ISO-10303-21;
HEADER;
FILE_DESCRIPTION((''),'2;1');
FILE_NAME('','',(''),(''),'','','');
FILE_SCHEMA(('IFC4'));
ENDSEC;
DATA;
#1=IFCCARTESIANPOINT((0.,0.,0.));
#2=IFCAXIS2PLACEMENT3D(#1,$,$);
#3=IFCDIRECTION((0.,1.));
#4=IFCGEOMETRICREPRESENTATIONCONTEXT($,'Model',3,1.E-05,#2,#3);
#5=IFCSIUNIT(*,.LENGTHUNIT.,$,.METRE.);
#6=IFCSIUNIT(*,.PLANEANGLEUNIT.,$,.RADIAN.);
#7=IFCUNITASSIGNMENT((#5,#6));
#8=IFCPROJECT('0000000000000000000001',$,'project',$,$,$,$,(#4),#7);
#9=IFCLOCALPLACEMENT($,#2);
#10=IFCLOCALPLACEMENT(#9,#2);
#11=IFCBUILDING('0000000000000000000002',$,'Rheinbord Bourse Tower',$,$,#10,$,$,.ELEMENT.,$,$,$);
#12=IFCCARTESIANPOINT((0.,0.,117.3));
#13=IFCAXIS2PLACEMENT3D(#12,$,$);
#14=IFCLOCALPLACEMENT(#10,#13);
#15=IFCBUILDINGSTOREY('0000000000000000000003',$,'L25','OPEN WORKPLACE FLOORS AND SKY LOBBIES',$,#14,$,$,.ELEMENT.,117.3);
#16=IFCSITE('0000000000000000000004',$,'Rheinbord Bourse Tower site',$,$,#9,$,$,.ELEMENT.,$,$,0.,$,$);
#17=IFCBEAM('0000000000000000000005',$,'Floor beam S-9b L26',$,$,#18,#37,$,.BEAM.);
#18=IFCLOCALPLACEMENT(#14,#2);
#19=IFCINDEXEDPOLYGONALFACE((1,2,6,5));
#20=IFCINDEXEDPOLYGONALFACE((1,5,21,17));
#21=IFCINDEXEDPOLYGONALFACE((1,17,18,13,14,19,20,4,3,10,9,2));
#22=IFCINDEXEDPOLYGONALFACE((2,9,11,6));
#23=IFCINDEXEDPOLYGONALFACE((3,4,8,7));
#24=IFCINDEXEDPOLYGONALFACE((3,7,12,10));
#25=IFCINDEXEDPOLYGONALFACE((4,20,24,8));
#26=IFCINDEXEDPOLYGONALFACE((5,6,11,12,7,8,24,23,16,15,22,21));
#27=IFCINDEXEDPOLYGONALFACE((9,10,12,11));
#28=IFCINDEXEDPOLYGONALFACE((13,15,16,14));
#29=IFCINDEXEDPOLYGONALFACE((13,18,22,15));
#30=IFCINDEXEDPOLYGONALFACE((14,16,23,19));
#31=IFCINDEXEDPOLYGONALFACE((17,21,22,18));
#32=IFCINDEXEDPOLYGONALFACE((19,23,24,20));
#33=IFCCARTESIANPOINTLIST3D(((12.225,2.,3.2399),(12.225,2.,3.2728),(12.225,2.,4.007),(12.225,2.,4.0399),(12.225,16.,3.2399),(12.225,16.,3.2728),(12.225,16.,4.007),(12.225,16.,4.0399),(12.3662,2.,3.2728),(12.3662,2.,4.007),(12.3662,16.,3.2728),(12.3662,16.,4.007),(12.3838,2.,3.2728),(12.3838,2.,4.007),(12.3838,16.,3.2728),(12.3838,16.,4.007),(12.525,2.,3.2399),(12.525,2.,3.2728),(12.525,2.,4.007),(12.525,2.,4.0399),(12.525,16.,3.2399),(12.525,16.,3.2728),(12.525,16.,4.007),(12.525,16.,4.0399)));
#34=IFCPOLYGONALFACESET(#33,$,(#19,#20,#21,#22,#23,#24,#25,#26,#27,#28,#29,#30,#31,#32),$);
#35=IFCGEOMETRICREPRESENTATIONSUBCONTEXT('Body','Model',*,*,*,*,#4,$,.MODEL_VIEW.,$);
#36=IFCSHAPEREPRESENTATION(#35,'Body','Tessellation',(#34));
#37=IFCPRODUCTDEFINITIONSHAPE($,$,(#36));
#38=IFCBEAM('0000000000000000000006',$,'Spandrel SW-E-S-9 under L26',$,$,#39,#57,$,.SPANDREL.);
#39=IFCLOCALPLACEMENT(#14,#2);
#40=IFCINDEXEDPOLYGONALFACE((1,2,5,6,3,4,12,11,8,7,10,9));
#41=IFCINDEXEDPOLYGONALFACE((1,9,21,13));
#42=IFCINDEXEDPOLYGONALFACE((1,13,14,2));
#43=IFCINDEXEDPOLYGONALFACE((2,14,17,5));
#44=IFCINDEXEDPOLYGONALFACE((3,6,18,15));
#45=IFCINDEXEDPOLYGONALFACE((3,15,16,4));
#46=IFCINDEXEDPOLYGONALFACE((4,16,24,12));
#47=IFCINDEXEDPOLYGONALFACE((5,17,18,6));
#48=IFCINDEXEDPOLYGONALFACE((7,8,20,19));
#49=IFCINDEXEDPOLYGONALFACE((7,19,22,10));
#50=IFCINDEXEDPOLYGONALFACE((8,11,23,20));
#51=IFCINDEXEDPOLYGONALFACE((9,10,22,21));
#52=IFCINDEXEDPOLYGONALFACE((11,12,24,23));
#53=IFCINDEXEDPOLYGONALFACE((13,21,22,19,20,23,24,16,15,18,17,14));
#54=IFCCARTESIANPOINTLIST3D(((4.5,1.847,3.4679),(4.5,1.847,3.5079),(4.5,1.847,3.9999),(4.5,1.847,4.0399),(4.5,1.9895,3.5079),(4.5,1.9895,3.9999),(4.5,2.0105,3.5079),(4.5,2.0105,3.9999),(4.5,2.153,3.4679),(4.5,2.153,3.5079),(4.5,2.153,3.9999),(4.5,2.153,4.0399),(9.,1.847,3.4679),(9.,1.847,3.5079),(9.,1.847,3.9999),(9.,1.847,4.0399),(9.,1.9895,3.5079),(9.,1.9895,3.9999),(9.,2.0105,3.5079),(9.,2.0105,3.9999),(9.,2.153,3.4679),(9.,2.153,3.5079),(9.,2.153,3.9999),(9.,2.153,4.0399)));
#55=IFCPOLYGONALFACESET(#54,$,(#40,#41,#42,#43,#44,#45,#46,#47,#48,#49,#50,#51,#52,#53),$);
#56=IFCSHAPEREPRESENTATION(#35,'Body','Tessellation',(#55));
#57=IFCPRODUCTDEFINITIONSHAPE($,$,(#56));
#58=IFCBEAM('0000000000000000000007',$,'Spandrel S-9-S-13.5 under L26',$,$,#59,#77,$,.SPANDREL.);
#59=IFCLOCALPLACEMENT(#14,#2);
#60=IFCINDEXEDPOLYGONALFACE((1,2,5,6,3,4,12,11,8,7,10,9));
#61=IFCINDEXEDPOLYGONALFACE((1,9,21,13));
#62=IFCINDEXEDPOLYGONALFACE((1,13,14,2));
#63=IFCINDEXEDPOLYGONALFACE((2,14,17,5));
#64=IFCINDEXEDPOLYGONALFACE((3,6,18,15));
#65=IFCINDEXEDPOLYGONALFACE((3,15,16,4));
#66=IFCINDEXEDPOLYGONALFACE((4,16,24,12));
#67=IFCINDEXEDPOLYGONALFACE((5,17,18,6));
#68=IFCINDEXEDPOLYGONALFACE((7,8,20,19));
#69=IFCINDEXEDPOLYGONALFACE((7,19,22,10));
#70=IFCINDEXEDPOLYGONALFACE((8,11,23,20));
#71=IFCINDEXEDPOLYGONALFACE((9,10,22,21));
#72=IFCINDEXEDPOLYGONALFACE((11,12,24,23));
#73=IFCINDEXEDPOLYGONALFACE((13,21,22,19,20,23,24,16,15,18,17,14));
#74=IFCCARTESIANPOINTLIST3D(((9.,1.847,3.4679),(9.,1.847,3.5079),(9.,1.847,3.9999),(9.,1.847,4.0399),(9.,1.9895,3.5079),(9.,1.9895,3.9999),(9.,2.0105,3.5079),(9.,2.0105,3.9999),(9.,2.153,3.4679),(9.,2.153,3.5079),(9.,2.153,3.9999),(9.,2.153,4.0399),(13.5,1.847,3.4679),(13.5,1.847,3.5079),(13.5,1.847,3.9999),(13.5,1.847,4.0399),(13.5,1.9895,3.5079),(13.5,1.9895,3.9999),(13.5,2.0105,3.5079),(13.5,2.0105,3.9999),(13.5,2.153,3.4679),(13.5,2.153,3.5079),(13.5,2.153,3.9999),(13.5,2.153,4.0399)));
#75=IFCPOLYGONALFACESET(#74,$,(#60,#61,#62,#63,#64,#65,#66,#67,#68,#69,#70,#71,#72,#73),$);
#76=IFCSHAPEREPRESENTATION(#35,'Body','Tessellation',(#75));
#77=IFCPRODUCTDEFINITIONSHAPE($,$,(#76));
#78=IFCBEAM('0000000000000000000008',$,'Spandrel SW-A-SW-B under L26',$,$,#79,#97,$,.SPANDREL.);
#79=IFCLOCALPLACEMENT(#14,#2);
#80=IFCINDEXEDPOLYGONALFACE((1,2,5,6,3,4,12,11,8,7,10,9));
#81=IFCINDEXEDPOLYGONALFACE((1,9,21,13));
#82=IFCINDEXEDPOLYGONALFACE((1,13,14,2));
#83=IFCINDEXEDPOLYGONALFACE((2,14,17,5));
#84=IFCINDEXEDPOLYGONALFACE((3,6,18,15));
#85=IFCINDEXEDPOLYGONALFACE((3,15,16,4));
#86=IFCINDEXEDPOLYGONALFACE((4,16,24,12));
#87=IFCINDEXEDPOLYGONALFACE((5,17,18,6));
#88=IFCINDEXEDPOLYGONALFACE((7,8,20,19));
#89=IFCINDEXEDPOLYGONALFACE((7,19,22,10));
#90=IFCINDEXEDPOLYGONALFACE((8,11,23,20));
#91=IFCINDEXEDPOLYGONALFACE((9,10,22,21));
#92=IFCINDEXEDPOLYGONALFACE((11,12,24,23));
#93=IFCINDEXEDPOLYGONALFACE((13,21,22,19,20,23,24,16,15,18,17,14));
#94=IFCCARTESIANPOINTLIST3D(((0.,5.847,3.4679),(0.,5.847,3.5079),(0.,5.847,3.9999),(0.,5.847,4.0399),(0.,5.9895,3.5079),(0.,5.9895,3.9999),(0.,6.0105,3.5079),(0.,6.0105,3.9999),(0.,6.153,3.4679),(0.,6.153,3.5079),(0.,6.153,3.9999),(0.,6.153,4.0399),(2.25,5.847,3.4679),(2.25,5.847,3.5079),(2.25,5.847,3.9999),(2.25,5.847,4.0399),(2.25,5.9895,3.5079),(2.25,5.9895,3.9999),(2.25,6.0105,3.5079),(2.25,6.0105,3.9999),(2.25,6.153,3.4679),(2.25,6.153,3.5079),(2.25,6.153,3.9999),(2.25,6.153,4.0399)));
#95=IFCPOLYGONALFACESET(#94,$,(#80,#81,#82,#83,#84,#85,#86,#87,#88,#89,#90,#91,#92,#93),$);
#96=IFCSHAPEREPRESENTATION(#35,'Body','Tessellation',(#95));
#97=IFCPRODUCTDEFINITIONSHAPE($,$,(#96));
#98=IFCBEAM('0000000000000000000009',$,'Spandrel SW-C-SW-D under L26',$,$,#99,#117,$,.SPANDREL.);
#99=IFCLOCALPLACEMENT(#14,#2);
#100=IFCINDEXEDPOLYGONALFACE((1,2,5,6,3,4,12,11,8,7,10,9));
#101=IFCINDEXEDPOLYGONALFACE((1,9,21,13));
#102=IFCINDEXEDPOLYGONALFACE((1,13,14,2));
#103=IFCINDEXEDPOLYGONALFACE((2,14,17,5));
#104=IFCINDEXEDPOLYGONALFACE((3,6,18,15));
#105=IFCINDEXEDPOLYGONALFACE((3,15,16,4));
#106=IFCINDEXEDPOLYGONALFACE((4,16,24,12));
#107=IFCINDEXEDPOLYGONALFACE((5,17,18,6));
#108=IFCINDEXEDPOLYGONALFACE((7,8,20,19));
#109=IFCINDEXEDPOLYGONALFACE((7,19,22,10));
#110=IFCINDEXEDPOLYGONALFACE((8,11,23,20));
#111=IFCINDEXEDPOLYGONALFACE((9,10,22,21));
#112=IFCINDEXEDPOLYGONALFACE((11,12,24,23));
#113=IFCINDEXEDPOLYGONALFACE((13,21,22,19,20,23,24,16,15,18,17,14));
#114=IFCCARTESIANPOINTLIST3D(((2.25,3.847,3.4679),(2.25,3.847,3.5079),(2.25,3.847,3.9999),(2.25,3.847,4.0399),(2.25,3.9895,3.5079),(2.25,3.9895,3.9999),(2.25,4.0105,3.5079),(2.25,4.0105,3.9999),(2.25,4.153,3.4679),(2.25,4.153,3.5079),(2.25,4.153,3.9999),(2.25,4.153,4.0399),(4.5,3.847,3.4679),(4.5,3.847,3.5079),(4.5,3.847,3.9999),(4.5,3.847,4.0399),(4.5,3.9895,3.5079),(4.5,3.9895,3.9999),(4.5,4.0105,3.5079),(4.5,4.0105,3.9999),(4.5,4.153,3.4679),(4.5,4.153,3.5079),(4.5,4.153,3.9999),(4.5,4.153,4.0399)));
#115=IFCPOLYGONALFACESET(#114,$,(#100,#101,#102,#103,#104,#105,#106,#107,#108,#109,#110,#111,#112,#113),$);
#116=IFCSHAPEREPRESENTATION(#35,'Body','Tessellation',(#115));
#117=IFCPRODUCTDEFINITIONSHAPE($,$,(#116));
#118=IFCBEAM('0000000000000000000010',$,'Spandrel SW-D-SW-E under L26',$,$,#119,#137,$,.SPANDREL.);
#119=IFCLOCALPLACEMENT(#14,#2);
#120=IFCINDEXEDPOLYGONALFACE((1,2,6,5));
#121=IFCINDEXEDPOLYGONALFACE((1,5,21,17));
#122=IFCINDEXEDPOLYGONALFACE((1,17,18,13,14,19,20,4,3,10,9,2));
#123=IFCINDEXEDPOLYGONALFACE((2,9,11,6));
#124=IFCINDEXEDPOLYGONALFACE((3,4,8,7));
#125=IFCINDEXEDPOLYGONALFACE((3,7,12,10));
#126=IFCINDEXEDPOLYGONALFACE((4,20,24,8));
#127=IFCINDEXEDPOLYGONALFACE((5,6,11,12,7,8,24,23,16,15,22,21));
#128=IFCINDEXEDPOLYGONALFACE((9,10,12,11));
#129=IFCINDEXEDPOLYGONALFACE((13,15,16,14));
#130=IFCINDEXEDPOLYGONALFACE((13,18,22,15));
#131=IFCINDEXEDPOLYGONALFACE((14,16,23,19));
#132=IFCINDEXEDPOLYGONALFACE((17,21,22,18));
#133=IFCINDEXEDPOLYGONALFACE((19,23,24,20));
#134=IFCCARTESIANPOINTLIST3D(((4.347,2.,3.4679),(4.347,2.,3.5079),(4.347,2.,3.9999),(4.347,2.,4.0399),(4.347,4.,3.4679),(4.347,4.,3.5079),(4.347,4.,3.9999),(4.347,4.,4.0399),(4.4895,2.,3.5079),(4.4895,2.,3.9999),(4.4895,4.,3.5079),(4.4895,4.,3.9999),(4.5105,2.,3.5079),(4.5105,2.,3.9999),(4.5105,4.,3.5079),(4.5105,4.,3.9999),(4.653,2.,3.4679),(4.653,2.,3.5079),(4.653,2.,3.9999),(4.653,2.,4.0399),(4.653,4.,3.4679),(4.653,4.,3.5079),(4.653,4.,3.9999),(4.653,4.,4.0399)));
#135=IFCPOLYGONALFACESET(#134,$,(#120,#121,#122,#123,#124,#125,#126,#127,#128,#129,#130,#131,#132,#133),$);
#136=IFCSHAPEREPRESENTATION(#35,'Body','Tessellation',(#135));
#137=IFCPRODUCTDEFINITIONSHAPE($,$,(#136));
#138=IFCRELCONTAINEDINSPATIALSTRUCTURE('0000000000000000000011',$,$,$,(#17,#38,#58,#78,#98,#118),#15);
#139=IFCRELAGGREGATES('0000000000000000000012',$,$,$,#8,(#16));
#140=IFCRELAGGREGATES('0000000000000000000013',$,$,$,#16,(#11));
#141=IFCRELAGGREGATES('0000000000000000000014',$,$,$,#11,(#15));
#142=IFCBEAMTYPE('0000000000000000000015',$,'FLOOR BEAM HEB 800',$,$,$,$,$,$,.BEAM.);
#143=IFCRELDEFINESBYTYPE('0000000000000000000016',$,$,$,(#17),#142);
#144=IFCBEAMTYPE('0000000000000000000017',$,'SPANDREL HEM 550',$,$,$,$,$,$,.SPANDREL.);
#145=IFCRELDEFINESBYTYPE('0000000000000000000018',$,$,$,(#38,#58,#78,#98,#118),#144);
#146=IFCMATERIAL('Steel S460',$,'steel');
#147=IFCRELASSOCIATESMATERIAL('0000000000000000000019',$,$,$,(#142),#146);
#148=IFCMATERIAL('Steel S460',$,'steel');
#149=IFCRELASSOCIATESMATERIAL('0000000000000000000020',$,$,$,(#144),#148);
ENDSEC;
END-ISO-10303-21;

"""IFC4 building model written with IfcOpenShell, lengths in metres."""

from ifc_helpers import new_model, si_unit, direction, frame, origin, origin_2d, place, context, subcontext, project, spatial, i_section, extrude, material, material_profile, profile_set, type_object, element, save


model = new_model("IFC4")

# Units and contexts
model_context = context("Model", 3, precision=1e-05, world=origin(), true_north=direction((0.0, 1.0)))
body_context = subcontext(model_context, "Body", "Model", "MODEL_VIEW")
ifc_project = project(units=[si_unit("LENGTHUNIT", "METRE"), si_unit("PLANEANGLEUNIT", "RADIAN")], contexts=[model_context])

# Site, building, storey
site_placement = place(None, origin())
site = spatial("IfcSite", under=ifc_project, at=site_placement, Name="Rheinbord Bourse Tower site", CompositionType="ELEMENT", RefElevation=0.0)
building_placement = place(site_placement, origin())
building = spatial("IfcBuilding", under=site, at=building_placement, Name="Rheinbord Bourse Tower", CompositionType="ELEMENT")
storey_placement = place(building_placement, frame((0.0, 0.0, 117.3)))
storey = spatial("IfcBuildingStorey", under=building, at=storey_placement, Name="L25", Description="OPEN WORKPLACE FLOORS AND SKY LOBBIES", CompositionType="ELEMENT", Elevation=117.3)

# Beams
ifc_material_1 = material(Name="Steel S460", Category="steel")
ifc_material_profile_1 = material_profile(ifc_material_1, i_section(OverallWidth=0.3, OverallDepth=0.8, WebThickness=0.0176, FlangeThickness=0.033, at=origin_2d()), Name="HEB 800")
ifc_profile_set_1 = profile_set([ifc_material_profile_1], Name="Steel S460")
beam_type_1 = type_object("IfcBeamType", Name="FLOOR BEAM HEB 800", PredefinedType="BEAM", material=ifc_profile_set_1)
for number, where, z_axis, x_axis, name in (
    (1, (12.375, 2.0, 3.6399), (0.0, 1.0, 0.0), (-1.0, 0.0, 0.0), "Floor beam S-9b L26"),
):
    element("IfcBeam", number, at=place(storey_placement, frame(where, z_axis=z_axis, x_axis=x_axis)), inside=storey, type_object=beam_type_1, Name=name, PredefinedType="BEAM", context=body_context, shape_type="SweptSolid", body=[
        extrude(i_section(OverallWidth=0.3, OverallDepth=0.8, WebThickness=0.0176, FlangeThickness=0.033, at=origin_2d()), origin(), (0.0, 0.0, 1.0), 14.0),
    ])
ifc_material_2 = material(Name="Steel S460", Category="steel")
ifc_material_profile_2 = material_profile(ifc_material_2, i_section(OverallWidth=0.3059, OverallDepth=0.572, WebThickness=0.021, FlangeThickness=0.04, at=origin_2d()), Name="HEM 550")
ifc_profile_set_2 = profile_set([ifc_material_profile_2], Name="Steel S460")
beam_type_2 = type_object("IfcBeamType", Name="SPANDREL HEM 550", PredefinedType="SPANDREL", material=ifc_profile_set_2)
for number, where, z_axis, x_axis, name in (
    (2, (4.5, 2.0, 3.7539), (1.0, 0.0, 0.0), (0.0, 1.0, 0.0), "Spandrel SW-E-S-9 under L26"),
    (3, (9.0, 2.0, 3.7539), (1.0, 0.0, 0.0), (0.0, 1.0, 0.0), "Spandrel S-9-S-13.5 under L26"),
):
    element("IfcBeam", number, at=place(storey_placement, frame(where, z_axis=z_axis, x_axis=x_axis)), inside=storey, type_object=beam_type_2, Name=name, PredefinedType="SPANDREL", context=body_context, shape_type="SweptSolid", body=[
        extrude(i_section(OverallWidth=0.3059, OverallDepth=0.572, WebThickness=0.021, FlangeThickness=0.04, at=origin_2d()), origin(), (0.0, 0.0, 1.0), 4.5),
    ])
for number, where, z_axis, x_axis, name in (
    (4, (0.0, 6.0, 3.7539), (1.0, 0.0, 0.0), (0.0, 1.0, 0.0), "Spandrel SW-A-SW-B under L26"),
    (5, (2.25, 4.0, 3.7539), (1.0, 0.0, 0.0), (0.0, 1.0, 0.0), "Spandrel SW-C-SW-D under L26"),
):
    element("IfcBeam", number, at=place(storey_placement, frame(where, z_axis=z_axis, x_axis=x_axis)), inside=storey, type_object=beam_type_2, Name=name, PredefinedType="SPANDREL", context=body_context, shape_type="SweptSolid", body=[
        extrude(i_section(OverallWidth=0.3059, OverallDepth=0.572, WebThickness=0.021, FlangeThickness=0.04, at=origin_2d()), origin(), (0.0, 0.0, 1.0), 2.25),
    ])
beam_placement = place(storey_placement, frame((4.5, 4.0, 3.7539), z_axis=(0.0, -1.0, 0.0), x_axis=(1.0, 0.0, 0.0)))
element("IfcBeam", 6, at=beam_placement, inside=storey, type_object=beam_type_2, Name="Spandrel SW-D-SW-E under L26", PredefinedType="SPANDREL", context=body_context, shape_type="SweptSolid", body=[
    extrude(i_section(OverallWidth=0.3059, OverallDepth=0.572, WebThickness=0.021, FlangeThickness=0.04, at=origin_2d()), origin(), (0.0, 0.0, 1.0), 2.0),
])

save(model, "model.ifc")
